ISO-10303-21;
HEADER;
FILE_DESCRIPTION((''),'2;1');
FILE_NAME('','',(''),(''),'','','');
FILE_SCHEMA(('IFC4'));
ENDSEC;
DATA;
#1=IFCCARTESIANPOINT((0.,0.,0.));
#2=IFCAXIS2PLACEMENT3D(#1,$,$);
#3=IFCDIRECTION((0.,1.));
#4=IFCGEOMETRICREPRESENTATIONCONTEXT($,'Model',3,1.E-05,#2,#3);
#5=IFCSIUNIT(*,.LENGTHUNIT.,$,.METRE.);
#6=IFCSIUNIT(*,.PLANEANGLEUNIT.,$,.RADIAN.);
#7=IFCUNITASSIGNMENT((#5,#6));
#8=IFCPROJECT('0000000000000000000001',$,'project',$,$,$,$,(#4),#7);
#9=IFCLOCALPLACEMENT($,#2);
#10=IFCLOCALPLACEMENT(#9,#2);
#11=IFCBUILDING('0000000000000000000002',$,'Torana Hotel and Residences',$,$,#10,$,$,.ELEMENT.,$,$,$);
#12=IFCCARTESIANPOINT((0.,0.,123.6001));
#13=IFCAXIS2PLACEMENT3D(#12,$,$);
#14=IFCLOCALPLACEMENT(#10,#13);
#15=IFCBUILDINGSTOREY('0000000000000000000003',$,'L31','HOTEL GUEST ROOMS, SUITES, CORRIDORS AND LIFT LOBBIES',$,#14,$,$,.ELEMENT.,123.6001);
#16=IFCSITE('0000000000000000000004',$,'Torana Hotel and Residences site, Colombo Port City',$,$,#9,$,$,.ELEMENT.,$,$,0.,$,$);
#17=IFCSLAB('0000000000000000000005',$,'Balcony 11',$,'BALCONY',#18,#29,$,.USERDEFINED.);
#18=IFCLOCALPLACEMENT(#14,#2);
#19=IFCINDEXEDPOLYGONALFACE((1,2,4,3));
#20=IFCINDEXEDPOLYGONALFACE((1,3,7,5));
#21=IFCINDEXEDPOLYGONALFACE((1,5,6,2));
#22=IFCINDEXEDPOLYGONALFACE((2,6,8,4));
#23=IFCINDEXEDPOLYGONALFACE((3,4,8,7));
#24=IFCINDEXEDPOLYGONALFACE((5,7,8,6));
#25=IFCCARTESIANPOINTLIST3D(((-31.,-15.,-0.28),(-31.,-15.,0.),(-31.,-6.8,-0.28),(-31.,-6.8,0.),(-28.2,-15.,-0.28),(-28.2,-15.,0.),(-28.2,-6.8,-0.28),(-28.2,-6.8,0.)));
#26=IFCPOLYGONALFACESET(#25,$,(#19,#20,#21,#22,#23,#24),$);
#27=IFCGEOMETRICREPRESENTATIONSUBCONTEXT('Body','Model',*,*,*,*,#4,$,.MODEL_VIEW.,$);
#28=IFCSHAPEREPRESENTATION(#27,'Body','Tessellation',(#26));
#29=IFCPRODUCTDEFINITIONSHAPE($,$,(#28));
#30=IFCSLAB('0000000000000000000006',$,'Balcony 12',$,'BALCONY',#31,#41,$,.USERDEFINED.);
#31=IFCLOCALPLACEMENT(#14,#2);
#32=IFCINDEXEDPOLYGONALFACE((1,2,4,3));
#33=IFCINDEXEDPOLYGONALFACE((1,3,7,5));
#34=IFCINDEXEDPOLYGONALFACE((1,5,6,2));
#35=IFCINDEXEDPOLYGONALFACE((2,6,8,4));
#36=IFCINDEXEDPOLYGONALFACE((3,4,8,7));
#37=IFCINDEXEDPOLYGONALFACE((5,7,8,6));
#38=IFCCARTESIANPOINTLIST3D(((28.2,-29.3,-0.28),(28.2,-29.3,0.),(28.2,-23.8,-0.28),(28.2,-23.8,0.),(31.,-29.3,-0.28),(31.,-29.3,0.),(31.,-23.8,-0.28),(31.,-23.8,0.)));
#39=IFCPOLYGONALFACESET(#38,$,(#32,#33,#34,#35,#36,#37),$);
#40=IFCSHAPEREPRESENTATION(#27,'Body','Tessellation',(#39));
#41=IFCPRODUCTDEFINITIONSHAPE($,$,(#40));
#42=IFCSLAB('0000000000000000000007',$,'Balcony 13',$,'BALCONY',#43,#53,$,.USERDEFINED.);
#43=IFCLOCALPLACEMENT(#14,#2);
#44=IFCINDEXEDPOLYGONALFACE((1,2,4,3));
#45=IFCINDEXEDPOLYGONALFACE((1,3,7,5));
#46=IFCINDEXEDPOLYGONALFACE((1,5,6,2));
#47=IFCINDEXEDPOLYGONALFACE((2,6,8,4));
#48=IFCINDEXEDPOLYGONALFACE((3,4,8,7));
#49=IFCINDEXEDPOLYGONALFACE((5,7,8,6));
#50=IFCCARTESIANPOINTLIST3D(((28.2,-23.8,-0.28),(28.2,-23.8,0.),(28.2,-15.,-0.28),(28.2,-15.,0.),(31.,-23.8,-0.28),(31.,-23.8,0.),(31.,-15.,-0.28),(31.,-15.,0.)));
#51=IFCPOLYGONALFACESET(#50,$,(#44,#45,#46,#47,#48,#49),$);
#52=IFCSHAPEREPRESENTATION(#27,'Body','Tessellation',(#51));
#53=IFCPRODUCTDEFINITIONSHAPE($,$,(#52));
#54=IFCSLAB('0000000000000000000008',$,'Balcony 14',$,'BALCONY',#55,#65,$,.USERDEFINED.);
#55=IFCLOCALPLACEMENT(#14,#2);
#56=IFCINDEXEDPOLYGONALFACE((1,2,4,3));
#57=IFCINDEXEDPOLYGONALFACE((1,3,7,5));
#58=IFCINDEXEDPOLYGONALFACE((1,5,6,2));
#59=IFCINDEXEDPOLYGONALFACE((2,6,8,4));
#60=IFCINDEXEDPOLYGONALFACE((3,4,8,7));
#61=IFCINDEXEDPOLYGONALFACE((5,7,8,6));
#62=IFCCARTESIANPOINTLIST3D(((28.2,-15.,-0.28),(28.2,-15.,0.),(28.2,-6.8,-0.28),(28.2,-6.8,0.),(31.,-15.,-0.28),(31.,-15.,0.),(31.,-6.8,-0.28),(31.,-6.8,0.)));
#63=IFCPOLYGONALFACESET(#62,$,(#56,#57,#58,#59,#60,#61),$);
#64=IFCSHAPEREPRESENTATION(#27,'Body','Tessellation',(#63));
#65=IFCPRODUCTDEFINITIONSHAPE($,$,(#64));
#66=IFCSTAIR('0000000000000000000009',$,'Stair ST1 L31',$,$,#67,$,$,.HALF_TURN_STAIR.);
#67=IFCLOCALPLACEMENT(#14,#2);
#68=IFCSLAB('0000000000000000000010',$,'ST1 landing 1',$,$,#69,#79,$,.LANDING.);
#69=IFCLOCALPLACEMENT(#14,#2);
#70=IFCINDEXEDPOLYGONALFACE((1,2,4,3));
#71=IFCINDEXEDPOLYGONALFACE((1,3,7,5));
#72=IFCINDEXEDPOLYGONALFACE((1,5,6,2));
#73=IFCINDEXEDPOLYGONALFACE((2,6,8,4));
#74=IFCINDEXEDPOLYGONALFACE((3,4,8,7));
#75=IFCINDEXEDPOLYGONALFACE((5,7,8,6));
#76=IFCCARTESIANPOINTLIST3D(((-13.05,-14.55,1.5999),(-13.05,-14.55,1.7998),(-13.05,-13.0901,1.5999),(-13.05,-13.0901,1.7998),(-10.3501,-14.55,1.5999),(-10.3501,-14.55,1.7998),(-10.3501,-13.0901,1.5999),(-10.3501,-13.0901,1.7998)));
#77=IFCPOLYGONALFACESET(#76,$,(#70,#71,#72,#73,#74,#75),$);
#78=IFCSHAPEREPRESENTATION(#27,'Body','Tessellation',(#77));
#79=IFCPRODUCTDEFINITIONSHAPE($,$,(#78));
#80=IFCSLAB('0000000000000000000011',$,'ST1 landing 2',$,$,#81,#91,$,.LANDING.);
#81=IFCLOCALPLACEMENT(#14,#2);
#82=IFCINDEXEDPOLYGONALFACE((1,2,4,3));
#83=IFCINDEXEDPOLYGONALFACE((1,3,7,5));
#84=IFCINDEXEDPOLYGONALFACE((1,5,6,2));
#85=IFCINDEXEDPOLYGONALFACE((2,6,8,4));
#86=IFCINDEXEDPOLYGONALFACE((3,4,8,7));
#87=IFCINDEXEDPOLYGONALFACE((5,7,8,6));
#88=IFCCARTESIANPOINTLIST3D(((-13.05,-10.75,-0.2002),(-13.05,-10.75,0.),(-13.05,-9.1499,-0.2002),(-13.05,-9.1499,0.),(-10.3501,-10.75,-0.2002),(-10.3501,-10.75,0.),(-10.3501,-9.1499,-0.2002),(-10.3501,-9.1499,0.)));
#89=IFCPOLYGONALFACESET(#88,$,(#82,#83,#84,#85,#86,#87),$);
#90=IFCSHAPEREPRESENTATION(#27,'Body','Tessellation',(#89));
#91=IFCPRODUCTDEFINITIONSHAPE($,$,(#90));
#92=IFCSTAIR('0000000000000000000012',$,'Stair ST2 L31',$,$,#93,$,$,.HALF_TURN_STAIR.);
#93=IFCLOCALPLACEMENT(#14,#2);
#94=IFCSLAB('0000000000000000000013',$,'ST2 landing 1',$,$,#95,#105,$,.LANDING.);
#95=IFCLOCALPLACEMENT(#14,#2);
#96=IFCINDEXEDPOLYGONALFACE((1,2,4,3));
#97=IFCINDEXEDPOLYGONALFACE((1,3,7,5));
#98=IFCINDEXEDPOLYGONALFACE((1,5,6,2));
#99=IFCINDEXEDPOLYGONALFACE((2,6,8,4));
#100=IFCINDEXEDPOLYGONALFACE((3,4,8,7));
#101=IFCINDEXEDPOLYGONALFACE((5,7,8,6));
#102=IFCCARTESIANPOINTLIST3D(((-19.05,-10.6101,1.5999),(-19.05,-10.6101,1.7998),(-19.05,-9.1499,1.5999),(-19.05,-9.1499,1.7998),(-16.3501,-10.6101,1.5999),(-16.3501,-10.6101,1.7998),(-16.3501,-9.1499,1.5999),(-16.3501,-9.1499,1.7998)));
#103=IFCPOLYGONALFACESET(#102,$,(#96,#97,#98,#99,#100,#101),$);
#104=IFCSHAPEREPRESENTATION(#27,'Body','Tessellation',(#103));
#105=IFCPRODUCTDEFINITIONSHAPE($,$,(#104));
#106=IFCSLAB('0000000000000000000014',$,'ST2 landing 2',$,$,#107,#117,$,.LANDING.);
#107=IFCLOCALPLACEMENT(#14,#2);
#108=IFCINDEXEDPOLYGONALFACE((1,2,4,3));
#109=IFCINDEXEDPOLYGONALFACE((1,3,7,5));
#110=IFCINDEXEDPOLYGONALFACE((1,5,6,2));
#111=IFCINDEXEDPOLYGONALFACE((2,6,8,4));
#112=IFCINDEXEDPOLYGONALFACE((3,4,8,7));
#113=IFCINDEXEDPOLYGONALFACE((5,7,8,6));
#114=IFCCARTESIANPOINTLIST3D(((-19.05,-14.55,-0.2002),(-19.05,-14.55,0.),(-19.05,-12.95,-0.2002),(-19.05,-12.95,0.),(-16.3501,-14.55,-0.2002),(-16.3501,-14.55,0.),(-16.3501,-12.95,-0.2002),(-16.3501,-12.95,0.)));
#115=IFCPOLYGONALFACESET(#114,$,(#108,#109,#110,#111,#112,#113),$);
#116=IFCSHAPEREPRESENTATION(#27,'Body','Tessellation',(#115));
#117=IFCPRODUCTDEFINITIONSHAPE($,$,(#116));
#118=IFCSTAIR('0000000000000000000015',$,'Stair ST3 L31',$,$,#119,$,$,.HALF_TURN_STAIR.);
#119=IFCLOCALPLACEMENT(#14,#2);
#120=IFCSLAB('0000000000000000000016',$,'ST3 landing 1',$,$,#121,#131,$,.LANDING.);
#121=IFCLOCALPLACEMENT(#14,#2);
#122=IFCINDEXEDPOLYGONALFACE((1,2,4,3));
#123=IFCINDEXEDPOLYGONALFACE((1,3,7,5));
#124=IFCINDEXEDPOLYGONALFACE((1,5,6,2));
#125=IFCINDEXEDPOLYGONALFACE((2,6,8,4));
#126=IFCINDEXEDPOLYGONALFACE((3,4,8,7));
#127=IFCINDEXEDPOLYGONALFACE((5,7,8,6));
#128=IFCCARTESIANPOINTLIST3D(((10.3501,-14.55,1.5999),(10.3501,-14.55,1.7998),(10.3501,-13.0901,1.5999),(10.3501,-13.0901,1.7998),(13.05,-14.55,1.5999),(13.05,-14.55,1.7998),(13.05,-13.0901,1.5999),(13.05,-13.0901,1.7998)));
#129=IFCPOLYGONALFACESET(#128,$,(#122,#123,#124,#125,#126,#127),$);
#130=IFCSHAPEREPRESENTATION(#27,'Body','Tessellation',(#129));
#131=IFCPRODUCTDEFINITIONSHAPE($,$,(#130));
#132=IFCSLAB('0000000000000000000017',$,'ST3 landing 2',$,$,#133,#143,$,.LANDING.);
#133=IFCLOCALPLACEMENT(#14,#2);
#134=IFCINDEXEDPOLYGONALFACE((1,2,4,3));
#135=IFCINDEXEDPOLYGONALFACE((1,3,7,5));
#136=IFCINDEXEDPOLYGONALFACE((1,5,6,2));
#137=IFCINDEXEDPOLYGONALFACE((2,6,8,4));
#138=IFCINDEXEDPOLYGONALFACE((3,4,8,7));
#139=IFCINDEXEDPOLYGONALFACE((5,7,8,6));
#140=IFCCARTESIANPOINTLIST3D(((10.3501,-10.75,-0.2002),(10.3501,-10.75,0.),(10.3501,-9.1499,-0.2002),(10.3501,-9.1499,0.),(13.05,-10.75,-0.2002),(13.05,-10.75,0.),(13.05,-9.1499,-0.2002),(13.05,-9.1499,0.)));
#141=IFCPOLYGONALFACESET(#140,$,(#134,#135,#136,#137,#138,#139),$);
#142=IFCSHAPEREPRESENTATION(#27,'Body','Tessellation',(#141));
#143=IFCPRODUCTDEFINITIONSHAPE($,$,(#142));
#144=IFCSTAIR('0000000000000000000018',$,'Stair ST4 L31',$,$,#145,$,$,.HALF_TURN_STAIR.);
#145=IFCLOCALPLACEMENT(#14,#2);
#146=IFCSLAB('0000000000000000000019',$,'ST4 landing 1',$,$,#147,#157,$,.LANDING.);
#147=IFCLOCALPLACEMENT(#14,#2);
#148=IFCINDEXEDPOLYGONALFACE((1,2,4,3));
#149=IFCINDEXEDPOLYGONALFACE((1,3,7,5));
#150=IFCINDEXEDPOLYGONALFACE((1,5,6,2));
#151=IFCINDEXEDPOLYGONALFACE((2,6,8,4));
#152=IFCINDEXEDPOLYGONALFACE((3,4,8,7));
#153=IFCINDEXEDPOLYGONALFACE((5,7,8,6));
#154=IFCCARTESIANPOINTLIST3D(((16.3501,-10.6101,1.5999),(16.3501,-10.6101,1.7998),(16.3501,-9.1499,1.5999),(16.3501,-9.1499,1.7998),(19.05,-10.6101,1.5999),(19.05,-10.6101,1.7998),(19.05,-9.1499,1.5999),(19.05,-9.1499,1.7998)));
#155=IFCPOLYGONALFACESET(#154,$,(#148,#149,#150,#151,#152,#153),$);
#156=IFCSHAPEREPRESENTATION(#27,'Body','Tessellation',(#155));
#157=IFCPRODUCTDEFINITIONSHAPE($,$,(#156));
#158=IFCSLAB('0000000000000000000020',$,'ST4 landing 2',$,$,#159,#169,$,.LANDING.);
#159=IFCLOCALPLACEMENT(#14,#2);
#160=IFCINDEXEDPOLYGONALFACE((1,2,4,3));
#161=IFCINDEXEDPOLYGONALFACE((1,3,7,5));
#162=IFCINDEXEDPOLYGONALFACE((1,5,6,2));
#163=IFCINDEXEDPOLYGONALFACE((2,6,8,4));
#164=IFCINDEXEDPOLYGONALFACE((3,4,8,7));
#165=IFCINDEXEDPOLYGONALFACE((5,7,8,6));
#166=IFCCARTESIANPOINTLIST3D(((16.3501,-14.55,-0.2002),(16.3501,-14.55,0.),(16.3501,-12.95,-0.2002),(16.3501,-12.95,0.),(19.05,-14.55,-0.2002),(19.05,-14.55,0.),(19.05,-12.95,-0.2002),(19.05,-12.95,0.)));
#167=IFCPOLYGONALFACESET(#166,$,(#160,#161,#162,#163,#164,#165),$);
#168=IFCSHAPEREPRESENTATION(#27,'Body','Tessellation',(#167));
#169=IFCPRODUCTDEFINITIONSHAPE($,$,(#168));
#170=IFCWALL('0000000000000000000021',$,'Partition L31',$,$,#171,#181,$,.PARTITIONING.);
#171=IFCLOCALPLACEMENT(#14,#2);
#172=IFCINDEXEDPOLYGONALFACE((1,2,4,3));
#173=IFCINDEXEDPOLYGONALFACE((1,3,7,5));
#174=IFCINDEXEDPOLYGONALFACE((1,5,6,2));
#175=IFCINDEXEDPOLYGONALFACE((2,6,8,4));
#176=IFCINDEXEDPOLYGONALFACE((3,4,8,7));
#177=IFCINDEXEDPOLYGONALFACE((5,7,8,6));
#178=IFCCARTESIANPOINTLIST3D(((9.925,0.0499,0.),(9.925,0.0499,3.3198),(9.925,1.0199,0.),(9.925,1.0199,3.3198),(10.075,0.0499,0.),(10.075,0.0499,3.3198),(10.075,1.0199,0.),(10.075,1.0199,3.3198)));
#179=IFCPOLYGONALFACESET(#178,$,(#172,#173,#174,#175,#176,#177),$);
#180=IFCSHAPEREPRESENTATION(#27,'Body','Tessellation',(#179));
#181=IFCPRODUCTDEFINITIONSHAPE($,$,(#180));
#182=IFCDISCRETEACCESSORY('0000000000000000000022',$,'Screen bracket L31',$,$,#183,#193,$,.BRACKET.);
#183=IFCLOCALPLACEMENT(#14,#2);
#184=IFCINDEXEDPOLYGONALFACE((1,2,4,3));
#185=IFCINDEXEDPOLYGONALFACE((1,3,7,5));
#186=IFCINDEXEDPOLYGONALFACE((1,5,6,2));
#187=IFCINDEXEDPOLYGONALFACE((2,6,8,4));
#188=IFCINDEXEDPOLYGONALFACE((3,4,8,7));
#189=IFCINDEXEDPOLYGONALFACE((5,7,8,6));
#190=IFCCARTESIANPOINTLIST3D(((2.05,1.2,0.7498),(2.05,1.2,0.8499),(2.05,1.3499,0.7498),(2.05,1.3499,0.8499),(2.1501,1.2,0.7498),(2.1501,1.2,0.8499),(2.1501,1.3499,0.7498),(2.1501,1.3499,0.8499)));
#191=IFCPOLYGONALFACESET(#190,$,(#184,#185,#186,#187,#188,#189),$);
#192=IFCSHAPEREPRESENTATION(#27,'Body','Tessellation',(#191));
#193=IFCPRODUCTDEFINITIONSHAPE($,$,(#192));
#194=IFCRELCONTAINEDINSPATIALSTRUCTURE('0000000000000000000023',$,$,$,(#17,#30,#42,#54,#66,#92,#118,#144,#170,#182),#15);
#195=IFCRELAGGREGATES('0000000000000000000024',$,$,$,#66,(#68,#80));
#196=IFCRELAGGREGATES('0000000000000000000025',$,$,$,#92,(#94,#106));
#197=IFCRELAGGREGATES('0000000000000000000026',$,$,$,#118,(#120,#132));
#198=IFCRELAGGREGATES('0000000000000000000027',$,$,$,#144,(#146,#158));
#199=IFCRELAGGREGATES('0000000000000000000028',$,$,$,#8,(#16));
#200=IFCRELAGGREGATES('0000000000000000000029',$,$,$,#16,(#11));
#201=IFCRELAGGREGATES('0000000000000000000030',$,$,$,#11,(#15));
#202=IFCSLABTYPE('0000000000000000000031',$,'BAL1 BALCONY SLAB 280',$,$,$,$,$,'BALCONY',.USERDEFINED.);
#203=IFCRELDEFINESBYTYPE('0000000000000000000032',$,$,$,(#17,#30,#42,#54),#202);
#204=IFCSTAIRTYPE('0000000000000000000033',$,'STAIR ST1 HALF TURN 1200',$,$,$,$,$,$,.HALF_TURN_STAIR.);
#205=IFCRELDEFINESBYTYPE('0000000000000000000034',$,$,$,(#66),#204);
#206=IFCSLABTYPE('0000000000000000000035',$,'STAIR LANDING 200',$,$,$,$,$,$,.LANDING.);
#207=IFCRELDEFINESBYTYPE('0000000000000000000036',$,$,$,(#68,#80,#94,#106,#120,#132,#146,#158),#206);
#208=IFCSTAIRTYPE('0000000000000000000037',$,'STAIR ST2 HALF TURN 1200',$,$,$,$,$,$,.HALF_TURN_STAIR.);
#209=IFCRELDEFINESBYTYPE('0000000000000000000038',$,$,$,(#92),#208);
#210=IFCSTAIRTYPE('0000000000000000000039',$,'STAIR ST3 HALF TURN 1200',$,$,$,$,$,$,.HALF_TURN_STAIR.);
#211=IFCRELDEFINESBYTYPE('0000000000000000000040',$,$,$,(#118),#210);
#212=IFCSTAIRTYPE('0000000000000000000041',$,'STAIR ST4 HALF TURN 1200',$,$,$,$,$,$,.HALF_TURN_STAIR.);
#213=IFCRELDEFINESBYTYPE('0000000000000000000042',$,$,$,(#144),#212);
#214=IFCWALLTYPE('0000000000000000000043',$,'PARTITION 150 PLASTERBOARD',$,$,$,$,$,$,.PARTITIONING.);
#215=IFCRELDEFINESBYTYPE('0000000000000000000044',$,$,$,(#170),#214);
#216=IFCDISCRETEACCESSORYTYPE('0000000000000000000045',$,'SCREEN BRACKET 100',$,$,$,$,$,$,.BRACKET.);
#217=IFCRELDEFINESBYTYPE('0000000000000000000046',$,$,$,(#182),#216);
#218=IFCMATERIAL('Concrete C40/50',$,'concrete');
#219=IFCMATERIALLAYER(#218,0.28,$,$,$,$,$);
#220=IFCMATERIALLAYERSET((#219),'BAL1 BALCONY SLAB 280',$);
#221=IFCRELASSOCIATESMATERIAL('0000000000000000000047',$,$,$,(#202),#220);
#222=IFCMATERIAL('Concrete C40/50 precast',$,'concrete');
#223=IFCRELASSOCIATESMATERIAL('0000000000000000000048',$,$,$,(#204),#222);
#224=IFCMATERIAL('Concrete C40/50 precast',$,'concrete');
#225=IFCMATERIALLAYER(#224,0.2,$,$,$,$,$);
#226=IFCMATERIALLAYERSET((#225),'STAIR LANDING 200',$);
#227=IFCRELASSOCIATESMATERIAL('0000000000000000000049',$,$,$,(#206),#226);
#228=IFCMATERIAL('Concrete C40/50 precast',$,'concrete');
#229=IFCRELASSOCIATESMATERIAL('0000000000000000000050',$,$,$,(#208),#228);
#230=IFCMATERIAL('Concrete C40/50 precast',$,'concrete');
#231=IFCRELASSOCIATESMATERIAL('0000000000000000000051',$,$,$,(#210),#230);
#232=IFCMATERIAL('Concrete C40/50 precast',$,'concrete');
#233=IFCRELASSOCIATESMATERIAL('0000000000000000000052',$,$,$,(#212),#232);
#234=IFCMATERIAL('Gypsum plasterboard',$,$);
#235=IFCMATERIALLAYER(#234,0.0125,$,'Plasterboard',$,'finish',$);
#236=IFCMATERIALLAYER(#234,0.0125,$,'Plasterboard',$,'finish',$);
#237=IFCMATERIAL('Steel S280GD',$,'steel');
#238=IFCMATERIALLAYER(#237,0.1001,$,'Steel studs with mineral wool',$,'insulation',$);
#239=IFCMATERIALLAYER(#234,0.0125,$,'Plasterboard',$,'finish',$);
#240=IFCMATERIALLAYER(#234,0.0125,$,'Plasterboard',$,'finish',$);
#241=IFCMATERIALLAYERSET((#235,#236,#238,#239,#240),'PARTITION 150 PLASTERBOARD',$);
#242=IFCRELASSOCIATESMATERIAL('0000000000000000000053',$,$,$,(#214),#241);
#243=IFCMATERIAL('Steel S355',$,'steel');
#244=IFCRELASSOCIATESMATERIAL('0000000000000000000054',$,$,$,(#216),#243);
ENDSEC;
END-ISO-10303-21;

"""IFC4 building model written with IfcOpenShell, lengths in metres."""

from ifc_helpers import new_model, si_unit, direction, frame, frame_2d, origin, origin_2d, place, context, subcontext, project, spatial, polyline, rectangle, outline, extrude, material, layer, layer_set, type_object, element, aggregate, save


model = new_model("IFC4")

# Units and contexts
model_context = context("Model", 3, precision=1e-05, world=origin(), true_north=direction((0.0, 1.0)))
body_context = subcontext(model_context, "Body", "Model", "MODEL_VIEW")
ifc_project = project(units=[si_unit("LENGTHUNIT", "METRE"), si_unit("PLANEANGLEUNIT", "RADIAN")], contexts=[model_context])

# Site, building, storey
site_placement = place(None, origin())
site = spatial("IfcSite", under=ifc_project, at=site_placement, Name="Torana Hotel and Residences site, Colombo Port City", CompositionType="ELEMENT", RefElevation=0.0)
building_placement = place(site_placement, origin())
building = spatial("IfcBuilding", under=site, at=building_placement, Name="Torana Hotel and Residences", CompositionType="ELEMENT")
storey_placement = place(building_placement, frame((0.0, 0.0, 123.6001)))
storey = spatial("IfcBuildingStorey", under=building, at=storey_placement, Name="L31", Description="HOTEL GUEST ROOMS, SUITES, CORRIDORS AND LIFT LOBBIES", CompositionType="ELEMENT", Elevation=123.6001)

# Slabs
ifc_material_1 = material(Name="Concrete C40/50", Category="concrete")
ifc_layer_1 = layer(ifc_material_1, 0.28)
ifc_layer_set_1 = layer_set([ifc_layer_1], Name="BAL1 BALCONY SLAB 280")
slab_type_1 = type_object("IfcSlabType", Name="BAL1 BALCONY SLAB 280", ElementType="BALCONY", PredefinedType="USERDEFINED", material=ifc_layer_set_1)
slab_1_placement = place(storey_placement, frame((0.0, 0.0, -0.28)))
element("IfcSlab", 1, at=slab_1_placement, inside=storey, type_object=slab_type_1, Name="Balcony 11", ObjectType="BALCONY", PredefinedType="USERDEFINED", context=body_context, shape_type="SweptSolid", body=[
    extrude(outline(polyline([(-31.0, -15.0), (-28.2, -15.0), (-28.2, -6.8), (-31.0, -6.8), (-31.0, -15.0)])), origin(), (0.0, 0.0, 1.0), 0.28),
])
slab_2_placement = place(storey_placement, frame((0.0, 0.0, -0.28)))
element("IfcSlab", 2, at=slab_2_placement, inside=storey, type_object=slab_type_1, Name="Balcony 12", ObjectType="BALCONY", PredefinedType="USERDEFINED", context=body_context, shape_type="SweptSolid", body=[
    extrude(outline(polyline([(28.2, -29.3), (31.0, -29.3), (31.0, -23.8), (28.2, -23.8), (28.2, -29.3)])), origin(), (0.0, 0.0, 1.0), 0.28),
])
slab_3_placement = place(storey_placement, frame((0.0, 0.0, -0.28)))
element("IfcSlab", 3, at=slab_3_placement, inside=storey, type_object=slab_type_1, Name="Balcony 13", ObjectType="BALCONY", PredefinedType="USERDEFINED", context=body_context, shape_type="SweptSolid", body=[
    extrude(outline(polyline([(28.2, -23.8), (31.0, -23.8), (31.0, -15.0), (28.2, -15.0), (28.2, -23.8)])), origin(), (0.0, 0.0, 1.0), 0.28),
])
slab_4_placement = place(storey_placement, frame((0.0, 0.0, -0.28)))
element("IfcSlab", 4, at=slab_4_placement, inside=storey, type_object=slab_type_1, Name="Balcony 14", ObjectType="BALCONY", PredefinedType="USERDEFINED", context=body_context, shape_type="SweptSolid", body=[
    extrude(outline(polyline([(28.2, -15.0), (31.0, -15.0), (31.0, -6.8), (28.2, -6.8), (28.2, -15.0)])), origin(), (0.0, 0.0, 1.0), 0.28),
])

# Stairs, slabs
ifc_material_2 = material(Name="Concrete C40/50 precast", Category="concrete")
stair_type_1 = type_object("IfcStairType", Name="STAIR ST1 HALF TURN 1200", PredefinedType="HALF_TURN_STAIR", material=ifc_material_2)
stair_1_placement = place(storey_placement, origin())
stair_1 = element("IfcStair", 5, at=stair_1_placement, inside=storey, type_object=stair_type_1, Name="Stair ST1 L31", PredefinedType="HALF_TURN_STAIR")
ifc_material_3 = material(Name="Concrete C40/50 precast", Category="concrete")
ifc_layer_2 = layer(ifc_material_3, 0.2)
ifc_layer_set_2 = layer_set([ifc_layer_2], Name="STAIR LANDING 200")
slab_type_2 = type_object("IfcSlabType", Name="STAIR LANDING 200", PredefinedType="LANDING", material=ifc_layer_set_2)
slab_5_placement = place(storey_placement, frame((0.0, 0.0, 1.5999)))
slab_5 = element("IfcSlab", 6, at=slab_5_placement, type_object=slab_type_2, Name="ST1 landing 1", PredefinedType="LANDING", context=body_context, shape_type="SweptSolid", body=[
    extrude(outline(polyline([(-13.05, -14.55), (-10.3501, -14.55), (-10.3501, -13.0901), (-13.05, -13.0901), (-13.05, -14.55)])), origin(), (0.0, 0.0, 1.0), 0.2),
])
slab_6_placement = place(storey_placement, frame((0.0, 0.0, -0.2002)))
slab_6 = element("IfcSlab", 7, at=slab_6_placement, type_object=slab_type_2, Name="ST1 landing 2", PredefinedType="LANDING", context=body_context, shape_type="SweptSolid", body=[
    extrude(outline(polyline([(-13.05, -10.75), (-10.3501, -10.75), (-10.3501, -9.1499), (-13.05, -9.1499), (-13.05, -10.75)])), origin(), (0.0, 0.0, 1.0), 0.2002),
])
aggregate(stair_1, [slab_5, slab_6])
ifc_material_4 = material(Name="Concrete C40/50 precast", Category="concrete")
stair_type_2 = type_object("IfcStairType", Name="STAIR ST2 HALF TURN 1200", PredefinedType="HALF_TURN_STAIR", material=ifc_material_4)
stair_2_placement = place(storey_placement, origin())
stair_2 = element("IfcStair", 8, at=stair_2_placement, inside=storey, type_object=stair_type_2, Name="Stair ST2 L31", PredefinedType="HALF_TURN_STAIR")
slab_7_placement = place(storey_placement, frame((0.0, 0.0, 1.5999)))
slab_7 = element("IfcSlab", 9, at=slab_7_placement, type_object=slab_type_2, Name="ST2 landing 1", PredefinedType="LANDING", context=body_context, shape_type="SweptSolid", body=[
    extrude(outline(polyline([(-19.05, -10.6101), (-16.3501, -10.6101), (-16.3501, -9.1499), (-19.05, -9.1499), (-19.05, -10.6101)])), origin(), (0.0, 0.0, 1.0), 0.2),
])
slab_8_placement = place(storey_placement, frame((0.0, 0.0, -0.2002)))
slab_8 = element("IfcSlab", 10, at=slab_8_placement, type_object=slab_type_2, Name="ST2 landing 2", PredefinedType="LANDING", context=body_context, shape_type="SweptSolid", body=[
    extrude(outline(polyline([(-19.05, -14.55), (-16.3501, -14.55), (-16.3501, -12.95), (-19.05, -12.95), (-19.05, -14.55)])), origin(), (0.0, 0.0, 1.0), 0.2002),
])
aggregate(stair_2, [slab_7, slab_8])
ifc_material_5 = material(Name="Concrete C40/50 precast", Category="concrete")
stair_type_3 = type_object("IfcStairType", Name="STAIR ST3 HALF TURN 1200", PredefinedType="HALF_TURN_STAIR", material=ifc_material_5)
stair_3_placement = place(storey_placement, origin())
stair_3 = element("IfcStair", 11, at=stair_3_placement, inside=storey, type_object=stair_type_3, Name="Stair ST3 L31", PredefinedType="HALF_TURN_STAIR")
slab_9_placement = place(storey_placement, frame((0.0, 0.0, 1.5999)))
slab_9 = element("IfcSlab", 12, at=slab_9_placement, type_object=slab_type_2, Name="ST3 landing 1", PredefinedType="LANDING", context=body_context, shape_type="SweptSolid", body=[
    extrude(outline(polyline([(10.3501, -14.55), (13.05, -14.55), (13.05, -13.0901), (10.3501, -13.0901), (10.3501, -14.55)])), origin(), (0.0, 0.0, 1.0), 0.2),
])
slab_10_placement = place(storey_placement, frame((0.0, 0.0, -0.2002)))
slab_10 = element("IfcSlab", 13, at=slab_10_placement, type_object=slab_type_2, Name="ST3 landing 2", PredefinedType="LANDING", context=body_context, shape_type="SweptSolid", body=[
    extrude(outline(polyline([(10.3501, -10.75), (13.05, -10.75), (13.05, -9.1499), (10.3501, -9.1499), (10.3501, -10.75)])), origin(), (0.0, 0.0, 1.0), 0.2002),
])
aggregate(stair_3, [slab_9, slab_10])
ifc_material_6 = material(Name="Concrete C40/50 precast", Category="concrete")
stair_type_4 = type_object("IfcStairType", Name="STAIR ST4 HALF TURN 1200", PredefinedType="HALF_TURN_STAIR", material=ifc_material_6)
stair_4_placement = place(storey_placement, origin())
stair_4 = element("IfcStair", 14, at=stair_4_placement, inside=storey, type_object=stair_type_4, Name="Stair ST4 L31", PredefinedType="HALF_TURN_STAIR")
slab_11_placement = place(storey_placement, frame((0.0, 0.0, 1.5999)))
slab_11 = element("IfcSlab", 15, at=slab_11_placement, type_object=slab_type_2, Name="ST4 landing 1", PredefinedType="LANDING", context=body_context, shape_type="SweptSolid", body=[
    extrude(outline(polyline([(16.3501, -10.6101), (19.05, -10.6101), (19.05, -9.1499), (16.3501, -9.1499), (16.3501, -10.6101)])), origin(), (0.0, 0.0, 1.0), 0.2),
])
slab_12_placement = place(storey_placement, frame((0.0, 0.0, -0.2002)))
slab_12 = element("IfcSlab", 16, at=slab_12_placement, type_object=slab_type_2, Name="ST4 landing 2", PredefinedType="LANDING", context=body_context, shape_type="SweptSolid", body=[
    extrude(outline(polyline([(16.3501, -14.55), (19.05, -14.55), (19.05, -12.95), (16.3501, -12.95), (16.3501, -14.55)])), origin(), (0.0, 0.0, 1.0), 0.2002),
])
aggregate(stair_4, [slab_11, slab_12])

# Wall
ifc_material_7 = material(Name="Gypsum plasterboard")
ifc_layer_3 = layer(ifc_material_7, 0.0125, Name="Plasterboard", Category="finish")
ifc_layer_4 = layer(ifc_material_7, 0.0125, Name="Plasterboard", Category="finish")
ifc_material_8 = material(Name="Steel S280GD", Category="steel")
ifc_layer_5 = layer(ifc_material_8, 0.1001, Name="Steel studs with mineral wool", Category="insulation")
ifc_layer_6 = layer(ifc_material_7, 0.0125, Name="Plasterboard", Category="finish")
ifc_layer_7 = layer(ifc_material_7, 0.0125, Name="Plasterboard", Category="finish")
ifc_layer_set_3 = layer_set([ifc_layer_3, ifc_layer_4, ifc_layer_5, ifc_layer_6, ifc_layer_7], Name="PARTITION 150 PLASTERBOARD")
wall_type = type_object("IfcWallType", Name="PARTITION 150 PLASTERBOARD", PredefinedType="PARTITIONING", material=ifc_layer_set_3)
wall_placement = place(storey_placement, frame((10.0, 0.05, 0.0), z_axis=(0.0, 0.0, 1.0), x_axis=(0.0, 1.0, 0.0)))
element("IfcWall", 17, at=wall_placement, inside=storey, type_object=wall_type, Name="Partition L31", PredefinedType="PARTITIONING", context=body_context, shape_type="SweptSolid", body=[
    extrude(rectangle(XDim=0.97, YDim=0.1499, at=frame_2d((0.4849, 0.0))), origin(), (0.0, 0.0, 1.0), 3.3198),
])

# Discrete accessory
ifc_material_9 = material(Name="Steel S355", Category="steel")
discrete_accessory_type = type_object("IfcDiscreteAccessoryType", Name="SCREEN BRACKET 100", PredefinedType="BRACKET", material=ifc_material_9)
for number, where, z_axis, x_axis, name in (
    (18, (2.1001, 1.2749, 0.7498), (0.0, 0.0, 1.0), (-1.0, 0.0, 0.0), "Screen bracket L31"),
):
    element("IfcDiscreteAccessory", number, at=place(storey_placement, frame(where, z_axis=z_axis, x_axis=x_axis)), inside=storey, type_object=discrete_accessory_type, Name=name, PredefinedType="BRACKET", context=body_context, shape_type="SweptSolid", body=[
        extrude(rectangle(XDim=0.1001, YDim=0.1499, at=origin_2d()), origin(), (0.0, 0.0, 1.0), 0.1001),
    ])

save(model, "model.ifc")
